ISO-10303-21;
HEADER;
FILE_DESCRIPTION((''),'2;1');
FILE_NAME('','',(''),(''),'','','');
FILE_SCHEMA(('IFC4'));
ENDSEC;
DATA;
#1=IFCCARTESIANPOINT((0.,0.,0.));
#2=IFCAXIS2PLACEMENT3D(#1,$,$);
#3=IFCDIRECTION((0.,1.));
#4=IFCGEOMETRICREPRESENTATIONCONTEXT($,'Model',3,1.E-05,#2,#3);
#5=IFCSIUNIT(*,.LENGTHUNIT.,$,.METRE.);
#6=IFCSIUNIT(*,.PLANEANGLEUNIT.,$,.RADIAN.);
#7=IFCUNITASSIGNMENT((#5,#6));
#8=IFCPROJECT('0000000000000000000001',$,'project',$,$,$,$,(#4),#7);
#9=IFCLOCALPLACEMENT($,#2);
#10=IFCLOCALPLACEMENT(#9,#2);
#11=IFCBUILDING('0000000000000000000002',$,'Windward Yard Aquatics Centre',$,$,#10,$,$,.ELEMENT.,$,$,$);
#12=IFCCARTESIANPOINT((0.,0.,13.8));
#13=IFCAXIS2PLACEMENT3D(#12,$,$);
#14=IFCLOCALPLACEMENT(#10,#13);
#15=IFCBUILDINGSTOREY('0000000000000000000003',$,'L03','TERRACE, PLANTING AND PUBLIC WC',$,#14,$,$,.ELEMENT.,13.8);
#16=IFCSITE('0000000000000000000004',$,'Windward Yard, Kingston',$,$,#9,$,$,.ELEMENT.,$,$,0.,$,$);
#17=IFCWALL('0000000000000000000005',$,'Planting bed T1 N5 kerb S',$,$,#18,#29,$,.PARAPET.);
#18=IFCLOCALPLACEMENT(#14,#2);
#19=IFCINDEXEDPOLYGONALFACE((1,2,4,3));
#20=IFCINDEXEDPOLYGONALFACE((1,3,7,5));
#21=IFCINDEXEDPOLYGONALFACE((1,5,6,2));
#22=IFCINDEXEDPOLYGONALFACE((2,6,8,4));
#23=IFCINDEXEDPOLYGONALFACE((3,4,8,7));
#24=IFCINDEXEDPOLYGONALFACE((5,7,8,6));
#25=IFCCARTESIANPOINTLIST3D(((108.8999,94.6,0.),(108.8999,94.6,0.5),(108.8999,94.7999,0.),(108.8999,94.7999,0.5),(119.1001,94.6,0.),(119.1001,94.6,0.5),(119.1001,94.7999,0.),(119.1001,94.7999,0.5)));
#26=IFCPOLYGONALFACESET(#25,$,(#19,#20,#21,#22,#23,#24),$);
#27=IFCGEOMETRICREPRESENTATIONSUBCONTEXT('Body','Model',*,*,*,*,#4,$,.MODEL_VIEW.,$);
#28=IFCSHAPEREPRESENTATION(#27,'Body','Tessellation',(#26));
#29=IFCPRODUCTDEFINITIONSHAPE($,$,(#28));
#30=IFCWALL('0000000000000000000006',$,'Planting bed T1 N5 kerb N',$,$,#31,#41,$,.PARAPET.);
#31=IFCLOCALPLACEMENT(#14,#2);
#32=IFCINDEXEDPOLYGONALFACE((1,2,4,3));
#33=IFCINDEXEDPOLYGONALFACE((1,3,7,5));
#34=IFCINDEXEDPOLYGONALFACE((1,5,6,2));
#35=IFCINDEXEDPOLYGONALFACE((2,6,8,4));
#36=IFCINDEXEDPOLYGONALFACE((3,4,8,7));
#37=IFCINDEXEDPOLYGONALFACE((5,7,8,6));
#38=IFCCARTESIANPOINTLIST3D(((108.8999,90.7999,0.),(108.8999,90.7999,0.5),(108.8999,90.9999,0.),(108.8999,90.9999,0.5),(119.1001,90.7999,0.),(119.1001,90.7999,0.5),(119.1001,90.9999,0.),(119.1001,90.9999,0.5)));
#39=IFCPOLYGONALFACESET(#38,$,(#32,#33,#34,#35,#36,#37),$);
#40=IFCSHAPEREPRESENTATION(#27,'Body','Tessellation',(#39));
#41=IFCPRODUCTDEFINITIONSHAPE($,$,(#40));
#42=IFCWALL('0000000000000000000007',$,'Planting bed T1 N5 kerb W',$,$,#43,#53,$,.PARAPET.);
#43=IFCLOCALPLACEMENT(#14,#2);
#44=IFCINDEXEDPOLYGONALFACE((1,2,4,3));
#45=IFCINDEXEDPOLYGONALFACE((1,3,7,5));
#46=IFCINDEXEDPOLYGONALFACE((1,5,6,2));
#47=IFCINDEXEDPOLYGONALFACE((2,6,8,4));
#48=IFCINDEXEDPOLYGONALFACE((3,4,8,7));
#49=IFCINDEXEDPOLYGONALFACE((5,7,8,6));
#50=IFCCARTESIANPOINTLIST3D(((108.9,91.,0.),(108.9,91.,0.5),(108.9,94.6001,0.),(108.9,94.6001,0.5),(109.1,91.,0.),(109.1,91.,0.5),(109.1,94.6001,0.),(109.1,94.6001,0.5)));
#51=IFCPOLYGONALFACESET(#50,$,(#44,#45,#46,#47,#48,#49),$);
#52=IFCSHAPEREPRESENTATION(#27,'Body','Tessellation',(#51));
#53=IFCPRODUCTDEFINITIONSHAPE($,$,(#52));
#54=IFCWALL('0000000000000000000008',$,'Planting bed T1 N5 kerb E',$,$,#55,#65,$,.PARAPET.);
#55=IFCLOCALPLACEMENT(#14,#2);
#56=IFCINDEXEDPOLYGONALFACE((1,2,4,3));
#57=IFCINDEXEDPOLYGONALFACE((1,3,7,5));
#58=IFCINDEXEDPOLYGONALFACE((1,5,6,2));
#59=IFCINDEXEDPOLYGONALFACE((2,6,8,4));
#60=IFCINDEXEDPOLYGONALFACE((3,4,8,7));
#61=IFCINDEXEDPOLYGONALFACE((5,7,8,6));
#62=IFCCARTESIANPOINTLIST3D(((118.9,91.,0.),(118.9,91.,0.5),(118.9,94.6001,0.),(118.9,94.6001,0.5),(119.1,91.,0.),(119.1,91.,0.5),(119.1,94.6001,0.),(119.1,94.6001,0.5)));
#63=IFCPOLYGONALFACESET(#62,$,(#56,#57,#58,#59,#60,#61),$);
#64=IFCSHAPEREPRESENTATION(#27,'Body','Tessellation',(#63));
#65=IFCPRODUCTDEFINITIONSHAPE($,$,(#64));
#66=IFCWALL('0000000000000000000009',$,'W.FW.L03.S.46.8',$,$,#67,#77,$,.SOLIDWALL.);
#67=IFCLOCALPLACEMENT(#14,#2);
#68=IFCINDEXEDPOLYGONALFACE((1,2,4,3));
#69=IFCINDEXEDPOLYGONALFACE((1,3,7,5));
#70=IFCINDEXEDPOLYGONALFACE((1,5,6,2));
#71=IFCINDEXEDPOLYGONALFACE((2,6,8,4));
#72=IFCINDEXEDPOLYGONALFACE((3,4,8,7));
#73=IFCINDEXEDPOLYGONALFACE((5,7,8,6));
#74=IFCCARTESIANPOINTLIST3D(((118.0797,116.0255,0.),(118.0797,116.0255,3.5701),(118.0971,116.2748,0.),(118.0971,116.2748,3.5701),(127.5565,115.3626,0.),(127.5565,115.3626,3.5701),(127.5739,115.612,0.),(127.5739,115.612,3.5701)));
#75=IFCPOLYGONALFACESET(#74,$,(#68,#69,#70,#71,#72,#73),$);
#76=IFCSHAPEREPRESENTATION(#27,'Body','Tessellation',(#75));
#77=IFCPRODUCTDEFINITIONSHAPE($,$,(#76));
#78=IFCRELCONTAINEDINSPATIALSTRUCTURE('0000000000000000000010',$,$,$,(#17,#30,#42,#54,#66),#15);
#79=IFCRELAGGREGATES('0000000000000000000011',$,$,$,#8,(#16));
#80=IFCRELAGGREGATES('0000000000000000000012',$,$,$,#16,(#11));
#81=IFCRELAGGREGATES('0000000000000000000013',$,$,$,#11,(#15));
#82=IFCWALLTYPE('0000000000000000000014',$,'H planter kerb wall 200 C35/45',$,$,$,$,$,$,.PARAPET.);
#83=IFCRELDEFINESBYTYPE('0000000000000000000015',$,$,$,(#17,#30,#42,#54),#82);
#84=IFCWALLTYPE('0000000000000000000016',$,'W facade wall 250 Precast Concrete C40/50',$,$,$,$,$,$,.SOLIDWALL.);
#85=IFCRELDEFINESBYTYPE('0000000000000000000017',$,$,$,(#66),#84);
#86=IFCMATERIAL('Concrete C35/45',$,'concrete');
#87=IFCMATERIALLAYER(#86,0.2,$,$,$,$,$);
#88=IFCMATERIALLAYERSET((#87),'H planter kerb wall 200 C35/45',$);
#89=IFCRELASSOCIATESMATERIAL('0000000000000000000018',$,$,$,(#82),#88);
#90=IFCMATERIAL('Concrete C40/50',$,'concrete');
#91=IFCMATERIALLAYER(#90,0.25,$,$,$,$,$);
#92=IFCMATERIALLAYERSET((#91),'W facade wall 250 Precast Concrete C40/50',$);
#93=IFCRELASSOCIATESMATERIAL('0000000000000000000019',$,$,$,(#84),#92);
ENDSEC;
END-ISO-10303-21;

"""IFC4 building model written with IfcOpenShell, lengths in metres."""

from ifc_helpers import new_model, si_unit, direction, frame, frame_2d, origin, place, context, subcontext, project, spatial, rectangle, extrude, material, layer, layer_set, type_object, element, save


model = new_model("IFC4")

# Units and contexts
model_context = context("Model", 3, precision=1e-05, world=origin(), true_north=direction((0.0, 1.0)))
body_context = subcontext(model_context, "Body", "Model", "MODEL_VIEW")
ifc_project = project(units=[si_unit("LENGTHUNIT", "METRE"), si_unit("PLANEANGLEUNIT", "RADIAN")], contexts=[model_context])

# Site, building, storey
site_placement = place(None, origin())
site = spatial("IfcSite", under=ifc_project, at=site_placement, Name="Windward Yard, Kingston", CompositionType="ELEMENT", RefElevation=0.0)
building_placement = place(site_placement, origin())
building = spatial("IfcBuilding", under=site, at=building_placement, Name="Windward Yard Aquatics Centre", CompositionType="ELEMENT")
storey_placement = place(building_placement, frame((0.0, 0.0, 13.8)))
storey = spatial("IfcBuildingStorey", under=building, at=storey_placement, Name="L03", Description="TERRACE, PLANTING AND PUBLIC WC", CompositionType="ELEMENT", Elevation=13.8)

# Shared definitions
ifc_material_1 = material(Name="Concrete C40/50", Category="concrete")

# Walls
ifc_material_2 = material(Name="Concrete C35/45", Category="concrete")
ifc_layer_1 = layer(ifc_material_2, 0.2)
ifc_layer_set_1 = layer_set([ifc_layer_1], Name="H planter kerb wall 200 C35/45")
wall_type_1 = type_object("IfcWallType", Name="H planter kerb wall 200 C35/45", PredefinedType="PARAPET", material=ifc_layer_set_1)
for number, where, z_axis, x_axis, name in (
    (1, (108.8999, 94.7, 0.0), (0.0, 0.0, 1.0), (1.0, 0.0, 0.0), "Planting bed T1 N5 kerb S"),
    (2, (108.8999, 90.8999, 0.0), (0.0, 0.0, 1.0), (1.0, 0.0, 0.0), "Planting bed T1 N5 kerb N"),
):
    element("IfcWall", number, at=place(storey_placement, frame(where, z_axis=z_axis, x_axis=x_axis)), inside=storey, type_object=wall_type_1, Name=name, PredefinedType="PARAPET", context=body_context, shape_type="SweptSolid", body=[
        extrude(rectangle(XDim=10.2002, YDim=0.2, at=frame_2d((5.1001, 0.0))), origin(), (0.0, 0.0, 1.0), 0.5),
    ])
for number, where, z_axis, x_axis, name in (
    (3, (109.0, 94.6001, 0.0), (0.0, 0.0, 1.0), (0.0, -1.0, 0.0), "Planting bed T1 N5 kerb W"),
    (4, (119.0, 94.6001, 0.0), (0.0, 0.0, 1.0), (0.0, -1.0, 0.0), "Planting bed T1 N5 kerb E"),
):
    element("IfcWall", number, at=place(storey_placement, frame(where, z_axis=z_axis, x_axis=x_axis)), inside=storey, type_object=wall_type_1, Name=name, PredefinedType="PARAPET", context=body_context, shape_type="SweptSolid", body=[
        extrude(rectangle(XDim=3.6001, YDim=0.2, at=frame_2d((1.8, 0.0))), origin(), (0.0, 0.0, 1.0), 0.5),
    ])
ifc_layer_2 = layer(ifc_material_1, 0.25)
ifc_layer_set_2 = layer_set([ifc_layer_2], Name="W facade wall 250 Precast Concrete C40/50")
wall_type_2 = type_object("IfcWallType", Name="W facade wall 250 Precast Concrete C40/50", PredefinedType="SOLIDWALL", material=ifc_layer_set_2)
wall_placement = place(storey_placement, frame((118.0884, 116.1501, 0.0), z_axis=(0.0, 0.0, 1.0), x_axis=(0.997563, -0.069773, 0.0)))
element("IfcWall", 5, at=wall_placement, inside=storey, type_object=wall_type_2, Name="W.FW.L03.S.46.8", PredefinedType="SOLIDWALL", context=body_context, shape_type="SweptSolid", body=[
    extrude(rectangle(XDim=9.5, YDim=0.25, at=frame_2d((4.75, 0.0))), origin(), (0.0, 0.0, 1.0), 3.5701),
])

save(model, "model.ifc")
